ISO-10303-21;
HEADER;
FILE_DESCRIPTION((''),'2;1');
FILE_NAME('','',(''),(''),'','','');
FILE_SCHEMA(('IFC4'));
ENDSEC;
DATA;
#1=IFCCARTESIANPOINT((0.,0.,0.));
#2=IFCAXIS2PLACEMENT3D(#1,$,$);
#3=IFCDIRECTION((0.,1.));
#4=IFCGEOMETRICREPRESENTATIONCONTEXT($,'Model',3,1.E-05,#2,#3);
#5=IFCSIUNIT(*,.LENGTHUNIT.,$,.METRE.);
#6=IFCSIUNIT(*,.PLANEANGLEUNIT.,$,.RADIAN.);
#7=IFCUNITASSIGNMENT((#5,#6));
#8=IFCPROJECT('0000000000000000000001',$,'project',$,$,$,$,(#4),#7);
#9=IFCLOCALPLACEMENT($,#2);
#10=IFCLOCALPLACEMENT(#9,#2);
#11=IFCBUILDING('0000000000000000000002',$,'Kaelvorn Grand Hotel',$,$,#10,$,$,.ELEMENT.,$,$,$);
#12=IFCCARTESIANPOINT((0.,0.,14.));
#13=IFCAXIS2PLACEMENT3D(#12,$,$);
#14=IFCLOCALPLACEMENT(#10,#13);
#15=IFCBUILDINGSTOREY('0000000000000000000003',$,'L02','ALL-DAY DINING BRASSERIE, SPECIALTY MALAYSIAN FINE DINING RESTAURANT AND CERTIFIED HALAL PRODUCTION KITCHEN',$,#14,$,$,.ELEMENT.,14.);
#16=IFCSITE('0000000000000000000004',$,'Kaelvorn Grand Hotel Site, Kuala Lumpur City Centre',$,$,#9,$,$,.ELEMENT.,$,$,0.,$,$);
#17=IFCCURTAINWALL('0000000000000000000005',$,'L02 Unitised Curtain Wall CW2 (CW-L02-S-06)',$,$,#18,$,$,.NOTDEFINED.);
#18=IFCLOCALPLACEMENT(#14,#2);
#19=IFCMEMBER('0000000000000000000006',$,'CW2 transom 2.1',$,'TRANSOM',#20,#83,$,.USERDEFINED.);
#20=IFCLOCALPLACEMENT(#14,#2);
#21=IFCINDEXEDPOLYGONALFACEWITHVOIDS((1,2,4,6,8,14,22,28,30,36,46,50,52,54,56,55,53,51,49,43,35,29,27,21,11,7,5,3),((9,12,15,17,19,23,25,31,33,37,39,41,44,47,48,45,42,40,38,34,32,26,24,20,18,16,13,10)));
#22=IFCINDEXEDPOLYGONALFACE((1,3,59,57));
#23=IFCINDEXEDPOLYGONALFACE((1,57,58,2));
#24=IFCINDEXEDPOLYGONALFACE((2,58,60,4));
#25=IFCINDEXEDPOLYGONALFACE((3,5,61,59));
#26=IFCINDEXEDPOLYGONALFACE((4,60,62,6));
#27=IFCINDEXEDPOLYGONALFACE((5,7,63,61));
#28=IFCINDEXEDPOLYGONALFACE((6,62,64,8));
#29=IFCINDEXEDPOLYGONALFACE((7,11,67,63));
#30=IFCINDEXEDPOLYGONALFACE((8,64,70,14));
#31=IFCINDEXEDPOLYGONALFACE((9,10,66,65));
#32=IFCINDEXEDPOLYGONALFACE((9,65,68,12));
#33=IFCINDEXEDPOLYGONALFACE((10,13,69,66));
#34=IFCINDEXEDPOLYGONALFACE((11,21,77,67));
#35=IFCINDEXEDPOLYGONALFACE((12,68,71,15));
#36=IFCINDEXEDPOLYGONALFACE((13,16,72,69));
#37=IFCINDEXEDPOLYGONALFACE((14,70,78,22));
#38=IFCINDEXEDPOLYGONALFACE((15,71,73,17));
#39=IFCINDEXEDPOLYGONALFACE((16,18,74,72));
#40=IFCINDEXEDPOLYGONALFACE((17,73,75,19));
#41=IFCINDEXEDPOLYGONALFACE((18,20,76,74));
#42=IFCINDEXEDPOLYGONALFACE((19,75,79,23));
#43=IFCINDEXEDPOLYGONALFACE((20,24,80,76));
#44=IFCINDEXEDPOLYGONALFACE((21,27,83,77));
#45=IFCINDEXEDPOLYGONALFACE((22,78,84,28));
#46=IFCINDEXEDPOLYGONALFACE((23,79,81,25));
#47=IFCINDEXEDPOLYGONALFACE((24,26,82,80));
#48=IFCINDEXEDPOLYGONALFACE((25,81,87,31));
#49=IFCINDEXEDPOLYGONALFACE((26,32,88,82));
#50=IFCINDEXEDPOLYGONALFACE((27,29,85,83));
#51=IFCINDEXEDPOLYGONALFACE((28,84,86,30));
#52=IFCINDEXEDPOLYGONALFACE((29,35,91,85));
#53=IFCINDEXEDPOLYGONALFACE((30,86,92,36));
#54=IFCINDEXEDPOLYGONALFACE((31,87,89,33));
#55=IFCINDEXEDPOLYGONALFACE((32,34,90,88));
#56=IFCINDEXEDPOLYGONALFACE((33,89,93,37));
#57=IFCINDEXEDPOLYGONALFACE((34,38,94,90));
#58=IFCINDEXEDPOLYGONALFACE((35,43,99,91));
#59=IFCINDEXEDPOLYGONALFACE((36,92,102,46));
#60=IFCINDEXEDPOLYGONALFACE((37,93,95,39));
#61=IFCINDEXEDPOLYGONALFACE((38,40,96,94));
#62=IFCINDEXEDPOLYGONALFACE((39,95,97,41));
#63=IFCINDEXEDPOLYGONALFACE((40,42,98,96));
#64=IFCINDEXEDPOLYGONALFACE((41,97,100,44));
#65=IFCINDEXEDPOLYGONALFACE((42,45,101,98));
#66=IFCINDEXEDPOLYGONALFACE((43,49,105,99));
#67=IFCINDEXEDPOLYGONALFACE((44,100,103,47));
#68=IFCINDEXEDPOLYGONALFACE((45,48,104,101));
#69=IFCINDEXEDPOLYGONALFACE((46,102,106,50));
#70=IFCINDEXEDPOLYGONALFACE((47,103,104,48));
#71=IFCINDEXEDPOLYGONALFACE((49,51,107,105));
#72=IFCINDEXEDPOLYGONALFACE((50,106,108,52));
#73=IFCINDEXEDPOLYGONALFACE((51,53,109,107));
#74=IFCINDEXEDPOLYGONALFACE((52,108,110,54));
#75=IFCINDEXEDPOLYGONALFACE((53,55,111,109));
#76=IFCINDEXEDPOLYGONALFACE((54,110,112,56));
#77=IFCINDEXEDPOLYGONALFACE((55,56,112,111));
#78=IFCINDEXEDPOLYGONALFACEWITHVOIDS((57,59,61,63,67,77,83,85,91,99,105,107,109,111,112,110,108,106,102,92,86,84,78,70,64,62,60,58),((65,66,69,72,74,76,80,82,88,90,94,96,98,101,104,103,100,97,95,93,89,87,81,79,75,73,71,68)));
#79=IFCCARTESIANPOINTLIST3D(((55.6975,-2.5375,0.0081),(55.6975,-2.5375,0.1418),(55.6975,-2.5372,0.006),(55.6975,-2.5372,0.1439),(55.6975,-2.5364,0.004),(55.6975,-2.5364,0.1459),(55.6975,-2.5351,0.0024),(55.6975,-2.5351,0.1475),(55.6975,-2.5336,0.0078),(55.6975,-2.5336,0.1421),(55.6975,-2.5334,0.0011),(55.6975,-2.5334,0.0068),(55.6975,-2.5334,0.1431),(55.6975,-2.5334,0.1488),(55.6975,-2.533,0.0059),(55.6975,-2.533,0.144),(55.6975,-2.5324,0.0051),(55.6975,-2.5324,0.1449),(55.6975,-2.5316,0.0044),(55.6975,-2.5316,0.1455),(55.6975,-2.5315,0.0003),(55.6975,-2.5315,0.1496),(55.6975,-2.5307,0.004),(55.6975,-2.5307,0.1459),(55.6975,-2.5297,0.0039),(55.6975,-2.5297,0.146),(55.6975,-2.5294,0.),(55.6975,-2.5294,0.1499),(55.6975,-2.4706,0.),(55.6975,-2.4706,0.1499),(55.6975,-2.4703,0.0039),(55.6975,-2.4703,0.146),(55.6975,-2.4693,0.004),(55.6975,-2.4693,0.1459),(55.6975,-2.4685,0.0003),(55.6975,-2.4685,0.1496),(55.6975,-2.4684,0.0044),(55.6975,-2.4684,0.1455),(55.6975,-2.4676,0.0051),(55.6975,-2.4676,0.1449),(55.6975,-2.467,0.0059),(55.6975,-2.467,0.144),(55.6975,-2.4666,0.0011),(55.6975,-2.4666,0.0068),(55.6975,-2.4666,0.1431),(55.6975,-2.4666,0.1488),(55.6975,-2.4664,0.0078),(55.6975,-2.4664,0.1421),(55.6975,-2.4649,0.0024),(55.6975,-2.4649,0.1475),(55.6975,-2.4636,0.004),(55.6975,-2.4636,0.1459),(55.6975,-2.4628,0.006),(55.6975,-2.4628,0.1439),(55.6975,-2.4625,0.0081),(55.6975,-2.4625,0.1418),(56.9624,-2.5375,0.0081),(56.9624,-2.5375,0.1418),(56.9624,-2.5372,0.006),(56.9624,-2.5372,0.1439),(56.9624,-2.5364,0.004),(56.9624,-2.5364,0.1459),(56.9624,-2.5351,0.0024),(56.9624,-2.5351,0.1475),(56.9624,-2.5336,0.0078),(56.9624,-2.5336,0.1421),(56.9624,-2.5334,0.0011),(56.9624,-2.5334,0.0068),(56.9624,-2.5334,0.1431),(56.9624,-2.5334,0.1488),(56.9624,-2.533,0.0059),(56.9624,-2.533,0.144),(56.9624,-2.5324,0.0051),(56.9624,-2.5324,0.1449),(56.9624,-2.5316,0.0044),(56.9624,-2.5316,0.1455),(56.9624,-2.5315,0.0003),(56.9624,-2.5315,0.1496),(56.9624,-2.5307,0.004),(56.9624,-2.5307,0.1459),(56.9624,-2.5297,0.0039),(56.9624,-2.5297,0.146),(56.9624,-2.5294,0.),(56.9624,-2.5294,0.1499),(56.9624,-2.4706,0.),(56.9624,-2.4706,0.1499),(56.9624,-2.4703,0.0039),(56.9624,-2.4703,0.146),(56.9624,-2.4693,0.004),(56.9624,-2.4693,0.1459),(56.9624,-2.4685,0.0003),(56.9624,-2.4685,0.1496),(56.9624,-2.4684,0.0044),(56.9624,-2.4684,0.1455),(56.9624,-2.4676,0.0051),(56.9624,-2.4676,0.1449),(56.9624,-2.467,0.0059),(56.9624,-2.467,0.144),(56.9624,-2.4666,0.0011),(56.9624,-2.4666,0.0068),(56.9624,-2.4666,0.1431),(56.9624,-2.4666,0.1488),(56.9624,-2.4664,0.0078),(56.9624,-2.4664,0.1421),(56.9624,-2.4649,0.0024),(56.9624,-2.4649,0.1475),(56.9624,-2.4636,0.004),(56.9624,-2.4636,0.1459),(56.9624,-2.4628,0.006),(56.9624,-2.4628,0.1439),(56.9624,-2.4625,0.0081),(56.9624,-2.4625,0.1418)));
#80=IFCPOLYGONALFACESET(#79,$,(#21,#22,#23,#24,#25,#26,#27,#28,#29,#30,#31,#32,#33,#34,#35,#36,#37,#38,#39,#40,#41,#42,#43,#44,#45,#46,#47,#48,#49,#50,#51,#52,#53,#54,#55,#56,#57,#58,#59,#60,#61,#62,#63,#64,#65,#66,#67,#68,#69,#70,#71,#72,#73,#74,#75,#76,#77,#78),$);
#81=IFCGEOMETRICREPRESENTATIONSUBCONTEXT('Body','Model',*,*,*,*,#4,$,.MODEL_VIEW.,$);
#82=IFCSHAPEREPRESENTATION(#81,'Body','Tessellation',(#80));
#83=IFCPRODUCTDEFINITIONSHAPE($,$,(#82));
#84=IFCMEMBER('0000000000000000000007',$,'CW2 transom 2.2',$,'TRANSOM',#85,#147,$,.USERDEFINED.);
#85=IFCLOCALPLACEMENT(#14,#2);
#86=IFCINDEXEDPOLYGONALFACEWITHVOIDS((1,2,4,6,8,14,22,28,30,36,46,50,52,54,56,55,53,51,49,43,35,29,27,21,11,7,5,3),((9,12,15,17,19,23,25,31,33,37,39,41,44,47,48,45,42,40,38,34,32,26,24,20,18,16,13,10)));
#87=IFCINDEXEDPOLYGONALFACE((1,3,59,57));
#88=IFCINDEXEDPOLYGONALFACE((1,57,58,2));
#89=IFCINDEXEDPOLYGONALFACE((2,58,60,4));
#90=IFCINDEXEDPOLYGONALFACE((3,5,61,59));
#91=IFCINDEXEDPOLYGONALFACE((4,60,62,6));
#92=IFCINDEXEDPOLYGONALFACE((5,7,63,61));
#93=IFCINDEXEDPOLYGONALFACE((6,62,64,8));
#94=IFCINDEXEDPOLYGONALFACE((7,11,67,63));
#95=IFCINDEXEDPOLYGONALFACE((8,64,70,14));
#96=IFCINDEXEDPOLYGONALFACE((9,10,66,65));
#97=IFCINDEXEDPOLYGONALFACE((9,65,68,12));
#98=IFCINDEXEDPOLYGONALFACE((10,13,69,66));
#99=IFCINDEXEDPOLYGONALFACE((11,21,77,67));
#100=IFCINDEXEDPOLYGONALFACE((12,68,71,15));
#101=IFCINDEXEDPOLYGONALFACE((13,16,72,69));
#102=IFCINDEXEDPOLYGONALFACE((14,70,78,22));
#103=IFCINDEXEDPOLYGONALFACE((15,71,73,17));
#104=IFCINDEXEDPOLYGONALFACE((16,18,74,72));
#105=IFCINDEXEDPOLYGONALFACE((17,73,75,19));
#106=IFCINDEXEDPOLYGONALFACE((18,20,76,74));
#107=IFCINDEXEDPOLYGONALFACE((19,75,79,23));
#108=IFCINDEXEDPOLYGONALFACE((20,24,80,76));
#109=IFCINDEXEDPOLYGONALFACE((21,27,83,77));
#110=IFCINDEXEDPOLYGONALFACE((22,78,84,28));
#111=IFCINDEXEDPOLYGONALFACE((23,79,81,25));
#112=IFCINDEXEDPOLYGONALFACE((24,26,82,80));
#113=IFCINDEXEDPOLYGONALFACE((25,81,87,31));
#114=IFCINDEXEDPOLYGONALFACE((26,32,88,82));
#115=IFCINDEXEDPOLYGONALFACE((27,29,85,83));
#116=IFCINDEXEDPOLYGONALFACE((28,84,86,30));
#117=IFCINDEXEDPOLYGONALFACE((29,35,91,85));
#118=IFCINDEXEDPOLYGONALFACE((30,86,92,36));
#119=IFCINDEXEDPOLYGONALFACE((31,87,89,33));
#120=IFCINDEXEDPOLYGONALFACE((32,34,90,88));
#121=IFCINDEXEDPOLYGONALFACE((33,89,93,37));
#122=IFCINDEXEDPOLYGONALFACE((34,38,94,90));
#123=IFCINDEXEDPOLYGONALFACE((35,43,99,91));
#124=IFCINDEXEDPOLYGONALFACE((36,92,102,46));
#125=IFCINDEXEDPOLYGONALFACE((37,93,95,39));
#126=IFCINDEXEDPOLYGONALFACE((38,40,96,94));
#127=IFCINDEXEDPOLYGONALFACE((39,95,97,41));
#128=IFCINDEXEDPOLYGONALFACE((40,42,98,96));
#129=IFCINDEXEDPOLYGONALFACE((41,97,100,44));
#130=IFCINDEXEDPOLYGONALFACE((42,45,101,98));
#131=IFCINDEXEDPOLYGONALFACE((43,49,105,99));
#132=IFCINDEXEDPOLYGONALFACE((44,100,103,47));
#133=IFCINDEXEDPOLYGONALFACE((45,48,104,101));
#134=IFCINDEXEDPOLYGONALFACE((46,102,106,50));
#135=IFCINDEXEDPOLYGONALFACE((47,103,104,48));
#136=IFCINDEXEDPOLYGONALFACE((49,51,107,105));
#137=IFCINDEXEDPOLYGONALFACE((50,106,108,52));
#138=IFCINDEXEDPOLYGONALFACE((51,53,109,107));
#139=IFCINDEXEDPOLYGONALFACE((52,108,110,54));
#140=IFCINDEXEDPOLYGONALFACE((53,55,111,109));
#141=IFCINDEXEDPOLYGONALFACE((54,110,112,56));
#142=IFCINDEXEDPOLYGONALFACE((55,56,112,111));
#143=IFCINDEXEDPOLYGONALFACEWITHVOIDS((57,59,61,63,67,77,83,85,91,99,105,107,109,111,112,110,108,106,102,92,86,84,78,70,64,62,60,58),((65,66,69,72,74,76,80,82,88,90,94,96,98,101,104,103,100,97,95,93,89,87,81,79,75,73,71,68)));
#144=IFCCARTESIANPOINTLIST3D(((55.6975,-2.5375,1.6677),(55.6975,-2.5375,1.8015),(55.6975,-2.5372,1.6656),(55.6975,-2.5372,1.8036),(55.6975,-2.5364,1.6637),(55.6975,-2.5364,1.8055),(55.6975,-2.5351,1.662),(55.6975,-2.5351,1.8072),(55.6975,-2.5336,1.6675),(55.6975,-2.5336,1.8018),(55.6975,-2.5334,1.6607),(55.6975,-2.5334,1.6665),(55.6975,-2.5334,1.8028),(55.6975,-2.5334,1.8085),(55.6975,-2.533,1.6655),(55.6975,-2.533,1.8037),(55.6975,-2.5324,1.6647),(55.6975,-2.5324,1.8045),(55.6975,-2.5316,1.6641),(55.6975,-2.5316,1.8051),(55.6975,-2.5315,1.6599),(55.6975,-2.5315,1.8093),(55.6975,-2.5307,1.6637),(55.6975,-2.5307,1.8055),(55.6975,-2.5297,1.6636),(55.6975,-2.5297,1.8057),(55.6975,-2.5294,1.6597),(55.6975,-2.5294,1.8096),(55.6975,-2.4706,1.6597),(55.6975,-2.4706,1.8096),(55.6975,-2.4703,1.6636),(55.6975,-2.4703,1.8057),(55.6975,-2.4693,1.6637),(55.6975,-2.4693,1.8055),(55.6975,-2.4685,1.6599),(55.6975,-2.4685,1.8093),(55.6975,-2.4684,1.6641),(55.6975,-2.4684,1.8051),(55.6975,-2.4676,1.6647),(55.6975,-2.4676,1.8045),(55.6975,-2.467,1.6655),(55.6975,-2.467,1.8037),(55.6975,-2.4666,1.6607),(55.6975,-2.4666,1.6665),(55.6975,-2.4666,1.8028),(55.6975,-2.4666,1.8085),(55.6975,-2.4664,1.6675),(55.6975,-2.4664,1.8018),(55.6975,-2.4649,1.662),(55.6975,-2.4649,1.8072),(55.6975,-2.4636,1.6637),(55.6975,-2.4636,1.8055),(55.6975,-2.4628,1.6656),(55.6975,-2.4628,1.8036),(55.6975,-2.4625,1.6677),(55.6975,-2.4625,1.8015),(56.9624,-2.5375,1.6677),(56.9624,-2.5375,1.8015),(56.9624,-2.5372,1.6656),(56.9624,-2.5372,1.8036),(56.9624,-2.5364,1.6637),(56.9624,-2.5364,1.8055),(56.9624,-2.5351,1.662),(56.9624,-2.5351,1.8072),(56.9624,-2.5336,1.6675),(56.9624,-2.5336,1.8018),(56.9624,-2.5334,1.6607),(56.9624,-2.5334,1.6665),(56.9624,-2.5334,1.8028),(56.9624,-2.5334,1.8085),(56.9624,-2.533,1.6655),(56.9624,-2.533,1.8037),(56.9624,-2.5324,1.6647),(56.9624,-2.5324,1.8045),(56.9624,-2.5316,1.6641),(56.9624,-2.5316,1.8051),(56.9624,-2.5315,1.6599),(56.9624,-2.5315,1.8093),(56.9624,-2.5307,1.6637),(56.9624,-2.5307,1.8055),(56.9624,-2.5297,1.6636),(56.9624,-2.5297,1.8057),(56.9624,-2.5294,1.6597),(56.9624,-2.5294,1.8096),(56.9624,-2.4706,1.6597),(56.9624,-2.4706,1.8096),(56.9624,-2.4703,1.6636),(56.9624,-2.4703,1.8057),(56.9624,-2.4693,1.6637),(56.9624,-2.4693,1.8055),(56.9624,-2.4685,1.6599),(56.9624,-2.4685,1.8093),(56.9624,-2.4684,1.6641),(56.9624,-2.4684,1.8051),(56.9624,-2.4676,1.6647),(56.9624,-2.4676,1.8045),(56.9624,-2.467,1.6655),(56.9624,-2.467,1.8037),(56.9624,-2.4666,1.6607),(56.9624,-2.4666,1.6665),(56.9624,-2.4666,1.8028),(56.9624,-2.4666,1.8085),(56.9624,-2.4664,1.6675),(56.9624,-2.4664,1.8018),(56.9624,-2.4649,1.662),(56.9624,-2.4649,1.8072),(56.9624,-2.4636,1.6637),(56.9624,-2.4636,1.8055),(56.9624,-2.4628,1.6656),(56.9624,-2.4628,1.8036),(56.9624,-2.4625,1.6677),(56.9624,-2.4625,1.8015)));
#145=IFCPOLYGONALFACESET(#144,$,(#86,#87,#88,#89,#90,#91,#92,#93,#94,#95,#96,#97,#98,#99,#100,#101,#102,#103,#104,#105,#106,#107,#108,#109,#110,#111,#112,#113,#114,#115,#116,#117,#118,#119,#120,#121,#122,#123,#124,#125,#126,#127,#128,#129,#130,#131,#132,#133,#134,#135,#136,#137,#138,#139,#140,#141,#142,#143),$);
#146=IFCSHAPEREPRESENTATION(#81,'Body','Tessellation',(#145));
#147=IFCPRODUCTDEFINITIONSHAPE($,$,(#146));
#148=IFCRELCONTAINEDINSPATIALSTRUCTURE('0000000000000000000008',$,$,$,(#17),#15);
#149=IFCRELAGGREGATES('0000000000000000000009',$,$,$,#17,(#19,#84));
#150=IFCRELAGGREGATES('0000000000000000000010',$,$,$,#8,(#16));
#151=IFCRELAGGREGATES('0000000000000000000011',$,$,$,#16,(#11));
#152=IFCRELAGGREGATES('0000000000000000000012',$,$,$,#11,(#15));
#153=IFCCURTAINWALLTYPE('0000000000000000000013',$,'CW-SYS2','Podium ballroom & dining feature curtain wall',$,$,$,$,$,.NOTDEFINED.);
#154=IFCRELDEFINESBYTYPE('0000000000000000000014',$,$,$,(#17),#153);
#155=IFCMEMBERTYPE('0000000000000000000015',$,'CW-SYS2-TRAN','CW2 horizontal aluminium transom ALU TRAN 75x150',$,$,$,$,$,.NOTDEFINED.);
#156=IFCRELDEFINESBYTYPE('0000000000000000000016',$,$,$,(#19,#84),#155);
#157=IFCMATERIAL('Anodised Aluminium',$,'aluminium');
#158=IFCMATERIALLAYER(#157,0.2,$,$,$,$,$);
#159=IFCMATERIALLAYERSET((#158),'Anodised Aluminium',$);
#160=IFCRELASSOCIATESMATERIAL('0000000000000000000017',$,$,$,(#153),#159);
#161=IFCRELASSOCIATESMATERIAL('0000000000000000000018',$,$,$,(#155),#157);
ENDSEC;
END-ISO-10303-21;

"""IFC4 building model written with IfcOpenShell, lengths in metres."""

from ifc_helpers import new_model, si_unit, direction, frame, origin, origin_2d, place, context, subcontext, project, spatial, hollow_rectangle, extrude, material, layer, layer_set, material_profile, profile_set, type_object, element, aggregate, save


model = new_model("IFC4")

# Units and contexts
model_context = context("Model", 3, precision=1e-05, world=origin(), true_north=direction((0.0, 1.0)))
body_context = subcontext(model_context, "Body", "Model", "MODEL_VIEW")
ifc_project = project(units=[si_unit("LENGTHUNIT", "METRE"), si_unit("PLANEANGLEUNIT", "RADIAN")], contexts=[model_context])

# Site, building, storey
site_placement = place(None, origin())
site = spatial("IfcSite", under=ifc_project, at=site_placement, Name="Kaelvorn Grand Hotel Site, Kuala Lumpur City Centre", CompositionType="ELEMENT", RefElevation=0.0)
building_placement = place(site_placement, origin())
building = spatial("IfcBuilding", under=site, at=building_placement, Name="Kaelvorn Grand Hotel", CompositionType="ELEMENT")
storey_placement = place(building_placement, frame((0.0, 0.0, 14.0)))
storey = spatial("IfcBuildingStorey", under=building, at=storey_placement, Name="L02", Description="ALL-DAY DINING BRASSERIE, SPECIALTY MALAYSIAN FINE DINING RESTAURANT AND CERTIFIED HALAL PRODUCTION KITCHEN", CompositionType="ELEMENT", Elevation=14.0)

# Curtain wall
ifc_material_1 = material(Name="Anodised Aluminium", Category="aluminium")
ifc_layer_1 = layer(ifc_material_1, 0.2)
ifc_layer_set_1 = layer_set([ifc_layer_1], Name="Anodised Aluminium")
curtain_wall_type = type_object("IfcCurtainWallType", Name="CW-SYS2", Description="Podium ballroom & dining feature curtain wall", PredefinedType="NOTDEFINED", material=ifc_layer_set_1)
curtain_wall_1_placement = place(storey_placement, origin())
curtain_wall_1 = element("IfcCurtainWall", 1, at=curtain_wall_1_placement, inside=storey, type_object=curtain_wall_type, Name="L02 Unitised Curtain Wall CW2 (CW-L02-S-06)", PredefinedType="NOTDEFINED")

# Members
ifc_material_profile_1 = material_profile(ifc_material_1, hollow_rectangle(XDim=0.075, YDim=0.1499, WallThickness=0.0039, InnerFilletRadius=0.0039, OuterFilletRadius=0.0081, at=origin_2d()), Name="ALU TRAN 75x150")
ifc_profile_set_1 = profile_set([ifc_material_profile_1], Name="Anodised Aluminium")
member_type_1 = type_object("IfcMemberType", Name="CW-SYS2-TRAN", Description="CW2 horizontal aluminium transom ALU TRAN 75x150", PredefinedType="NOTDEFINED", material=ifc_profile_set_1)
member_1_placement = place(storey_placement, frame((55.6975, -2.5, 0.075), z_axis=(1.0, 0.0, 0.0), x_axis=(0.0, 1.0, 0.0)))
member_1 = element("IfcMember", 2, at=member_1_placement, type_object=member_type_1, Name="CW2 transom 2.1", ObjectType="TRANSOM", PredefinedType="USERDEFINED", context=body_context, shape_type="SweptSolid", body=[
    extrude(hollow_rectangle(XDim=0.075, YDim=0.1499, WallThickness=0.0039, InnerFilletRadius=0.0039, OuterFilletRadius=0.0081, at=origin_2d()), origin(), (0.0, 0.0, 1.0), 1.2649),
])
member_2_placement = place(storey_placement, frame((55.6975, -2.5, 1.7346), z_axis=(1.0, 0.0, 0.0), x_axis=(0.0, 1.0, 0.0)))
member_2 = element("IfcMember", 3, at=member_2_placement, type_object=member_type_1, Name="CW2 transom 2.2", ObjectType="TRANSOM", PredefinedType="USERDEFINED", context=body_context, shape_type="SweptSolid", body=[
    extrude(hollow_rectangle(XDim=0.075, YDim=0.1499, WallThickness=0.0039, InnerFilletRadius=0.0039, OuterFilletRadius=0.0081, at=origin_2d()), origin(), (0.0, 0.0, 1.0), 1.2649),
])

aggregate(curtain_wall_1, [member_1, member_2])

save(model, "model.ifc")
